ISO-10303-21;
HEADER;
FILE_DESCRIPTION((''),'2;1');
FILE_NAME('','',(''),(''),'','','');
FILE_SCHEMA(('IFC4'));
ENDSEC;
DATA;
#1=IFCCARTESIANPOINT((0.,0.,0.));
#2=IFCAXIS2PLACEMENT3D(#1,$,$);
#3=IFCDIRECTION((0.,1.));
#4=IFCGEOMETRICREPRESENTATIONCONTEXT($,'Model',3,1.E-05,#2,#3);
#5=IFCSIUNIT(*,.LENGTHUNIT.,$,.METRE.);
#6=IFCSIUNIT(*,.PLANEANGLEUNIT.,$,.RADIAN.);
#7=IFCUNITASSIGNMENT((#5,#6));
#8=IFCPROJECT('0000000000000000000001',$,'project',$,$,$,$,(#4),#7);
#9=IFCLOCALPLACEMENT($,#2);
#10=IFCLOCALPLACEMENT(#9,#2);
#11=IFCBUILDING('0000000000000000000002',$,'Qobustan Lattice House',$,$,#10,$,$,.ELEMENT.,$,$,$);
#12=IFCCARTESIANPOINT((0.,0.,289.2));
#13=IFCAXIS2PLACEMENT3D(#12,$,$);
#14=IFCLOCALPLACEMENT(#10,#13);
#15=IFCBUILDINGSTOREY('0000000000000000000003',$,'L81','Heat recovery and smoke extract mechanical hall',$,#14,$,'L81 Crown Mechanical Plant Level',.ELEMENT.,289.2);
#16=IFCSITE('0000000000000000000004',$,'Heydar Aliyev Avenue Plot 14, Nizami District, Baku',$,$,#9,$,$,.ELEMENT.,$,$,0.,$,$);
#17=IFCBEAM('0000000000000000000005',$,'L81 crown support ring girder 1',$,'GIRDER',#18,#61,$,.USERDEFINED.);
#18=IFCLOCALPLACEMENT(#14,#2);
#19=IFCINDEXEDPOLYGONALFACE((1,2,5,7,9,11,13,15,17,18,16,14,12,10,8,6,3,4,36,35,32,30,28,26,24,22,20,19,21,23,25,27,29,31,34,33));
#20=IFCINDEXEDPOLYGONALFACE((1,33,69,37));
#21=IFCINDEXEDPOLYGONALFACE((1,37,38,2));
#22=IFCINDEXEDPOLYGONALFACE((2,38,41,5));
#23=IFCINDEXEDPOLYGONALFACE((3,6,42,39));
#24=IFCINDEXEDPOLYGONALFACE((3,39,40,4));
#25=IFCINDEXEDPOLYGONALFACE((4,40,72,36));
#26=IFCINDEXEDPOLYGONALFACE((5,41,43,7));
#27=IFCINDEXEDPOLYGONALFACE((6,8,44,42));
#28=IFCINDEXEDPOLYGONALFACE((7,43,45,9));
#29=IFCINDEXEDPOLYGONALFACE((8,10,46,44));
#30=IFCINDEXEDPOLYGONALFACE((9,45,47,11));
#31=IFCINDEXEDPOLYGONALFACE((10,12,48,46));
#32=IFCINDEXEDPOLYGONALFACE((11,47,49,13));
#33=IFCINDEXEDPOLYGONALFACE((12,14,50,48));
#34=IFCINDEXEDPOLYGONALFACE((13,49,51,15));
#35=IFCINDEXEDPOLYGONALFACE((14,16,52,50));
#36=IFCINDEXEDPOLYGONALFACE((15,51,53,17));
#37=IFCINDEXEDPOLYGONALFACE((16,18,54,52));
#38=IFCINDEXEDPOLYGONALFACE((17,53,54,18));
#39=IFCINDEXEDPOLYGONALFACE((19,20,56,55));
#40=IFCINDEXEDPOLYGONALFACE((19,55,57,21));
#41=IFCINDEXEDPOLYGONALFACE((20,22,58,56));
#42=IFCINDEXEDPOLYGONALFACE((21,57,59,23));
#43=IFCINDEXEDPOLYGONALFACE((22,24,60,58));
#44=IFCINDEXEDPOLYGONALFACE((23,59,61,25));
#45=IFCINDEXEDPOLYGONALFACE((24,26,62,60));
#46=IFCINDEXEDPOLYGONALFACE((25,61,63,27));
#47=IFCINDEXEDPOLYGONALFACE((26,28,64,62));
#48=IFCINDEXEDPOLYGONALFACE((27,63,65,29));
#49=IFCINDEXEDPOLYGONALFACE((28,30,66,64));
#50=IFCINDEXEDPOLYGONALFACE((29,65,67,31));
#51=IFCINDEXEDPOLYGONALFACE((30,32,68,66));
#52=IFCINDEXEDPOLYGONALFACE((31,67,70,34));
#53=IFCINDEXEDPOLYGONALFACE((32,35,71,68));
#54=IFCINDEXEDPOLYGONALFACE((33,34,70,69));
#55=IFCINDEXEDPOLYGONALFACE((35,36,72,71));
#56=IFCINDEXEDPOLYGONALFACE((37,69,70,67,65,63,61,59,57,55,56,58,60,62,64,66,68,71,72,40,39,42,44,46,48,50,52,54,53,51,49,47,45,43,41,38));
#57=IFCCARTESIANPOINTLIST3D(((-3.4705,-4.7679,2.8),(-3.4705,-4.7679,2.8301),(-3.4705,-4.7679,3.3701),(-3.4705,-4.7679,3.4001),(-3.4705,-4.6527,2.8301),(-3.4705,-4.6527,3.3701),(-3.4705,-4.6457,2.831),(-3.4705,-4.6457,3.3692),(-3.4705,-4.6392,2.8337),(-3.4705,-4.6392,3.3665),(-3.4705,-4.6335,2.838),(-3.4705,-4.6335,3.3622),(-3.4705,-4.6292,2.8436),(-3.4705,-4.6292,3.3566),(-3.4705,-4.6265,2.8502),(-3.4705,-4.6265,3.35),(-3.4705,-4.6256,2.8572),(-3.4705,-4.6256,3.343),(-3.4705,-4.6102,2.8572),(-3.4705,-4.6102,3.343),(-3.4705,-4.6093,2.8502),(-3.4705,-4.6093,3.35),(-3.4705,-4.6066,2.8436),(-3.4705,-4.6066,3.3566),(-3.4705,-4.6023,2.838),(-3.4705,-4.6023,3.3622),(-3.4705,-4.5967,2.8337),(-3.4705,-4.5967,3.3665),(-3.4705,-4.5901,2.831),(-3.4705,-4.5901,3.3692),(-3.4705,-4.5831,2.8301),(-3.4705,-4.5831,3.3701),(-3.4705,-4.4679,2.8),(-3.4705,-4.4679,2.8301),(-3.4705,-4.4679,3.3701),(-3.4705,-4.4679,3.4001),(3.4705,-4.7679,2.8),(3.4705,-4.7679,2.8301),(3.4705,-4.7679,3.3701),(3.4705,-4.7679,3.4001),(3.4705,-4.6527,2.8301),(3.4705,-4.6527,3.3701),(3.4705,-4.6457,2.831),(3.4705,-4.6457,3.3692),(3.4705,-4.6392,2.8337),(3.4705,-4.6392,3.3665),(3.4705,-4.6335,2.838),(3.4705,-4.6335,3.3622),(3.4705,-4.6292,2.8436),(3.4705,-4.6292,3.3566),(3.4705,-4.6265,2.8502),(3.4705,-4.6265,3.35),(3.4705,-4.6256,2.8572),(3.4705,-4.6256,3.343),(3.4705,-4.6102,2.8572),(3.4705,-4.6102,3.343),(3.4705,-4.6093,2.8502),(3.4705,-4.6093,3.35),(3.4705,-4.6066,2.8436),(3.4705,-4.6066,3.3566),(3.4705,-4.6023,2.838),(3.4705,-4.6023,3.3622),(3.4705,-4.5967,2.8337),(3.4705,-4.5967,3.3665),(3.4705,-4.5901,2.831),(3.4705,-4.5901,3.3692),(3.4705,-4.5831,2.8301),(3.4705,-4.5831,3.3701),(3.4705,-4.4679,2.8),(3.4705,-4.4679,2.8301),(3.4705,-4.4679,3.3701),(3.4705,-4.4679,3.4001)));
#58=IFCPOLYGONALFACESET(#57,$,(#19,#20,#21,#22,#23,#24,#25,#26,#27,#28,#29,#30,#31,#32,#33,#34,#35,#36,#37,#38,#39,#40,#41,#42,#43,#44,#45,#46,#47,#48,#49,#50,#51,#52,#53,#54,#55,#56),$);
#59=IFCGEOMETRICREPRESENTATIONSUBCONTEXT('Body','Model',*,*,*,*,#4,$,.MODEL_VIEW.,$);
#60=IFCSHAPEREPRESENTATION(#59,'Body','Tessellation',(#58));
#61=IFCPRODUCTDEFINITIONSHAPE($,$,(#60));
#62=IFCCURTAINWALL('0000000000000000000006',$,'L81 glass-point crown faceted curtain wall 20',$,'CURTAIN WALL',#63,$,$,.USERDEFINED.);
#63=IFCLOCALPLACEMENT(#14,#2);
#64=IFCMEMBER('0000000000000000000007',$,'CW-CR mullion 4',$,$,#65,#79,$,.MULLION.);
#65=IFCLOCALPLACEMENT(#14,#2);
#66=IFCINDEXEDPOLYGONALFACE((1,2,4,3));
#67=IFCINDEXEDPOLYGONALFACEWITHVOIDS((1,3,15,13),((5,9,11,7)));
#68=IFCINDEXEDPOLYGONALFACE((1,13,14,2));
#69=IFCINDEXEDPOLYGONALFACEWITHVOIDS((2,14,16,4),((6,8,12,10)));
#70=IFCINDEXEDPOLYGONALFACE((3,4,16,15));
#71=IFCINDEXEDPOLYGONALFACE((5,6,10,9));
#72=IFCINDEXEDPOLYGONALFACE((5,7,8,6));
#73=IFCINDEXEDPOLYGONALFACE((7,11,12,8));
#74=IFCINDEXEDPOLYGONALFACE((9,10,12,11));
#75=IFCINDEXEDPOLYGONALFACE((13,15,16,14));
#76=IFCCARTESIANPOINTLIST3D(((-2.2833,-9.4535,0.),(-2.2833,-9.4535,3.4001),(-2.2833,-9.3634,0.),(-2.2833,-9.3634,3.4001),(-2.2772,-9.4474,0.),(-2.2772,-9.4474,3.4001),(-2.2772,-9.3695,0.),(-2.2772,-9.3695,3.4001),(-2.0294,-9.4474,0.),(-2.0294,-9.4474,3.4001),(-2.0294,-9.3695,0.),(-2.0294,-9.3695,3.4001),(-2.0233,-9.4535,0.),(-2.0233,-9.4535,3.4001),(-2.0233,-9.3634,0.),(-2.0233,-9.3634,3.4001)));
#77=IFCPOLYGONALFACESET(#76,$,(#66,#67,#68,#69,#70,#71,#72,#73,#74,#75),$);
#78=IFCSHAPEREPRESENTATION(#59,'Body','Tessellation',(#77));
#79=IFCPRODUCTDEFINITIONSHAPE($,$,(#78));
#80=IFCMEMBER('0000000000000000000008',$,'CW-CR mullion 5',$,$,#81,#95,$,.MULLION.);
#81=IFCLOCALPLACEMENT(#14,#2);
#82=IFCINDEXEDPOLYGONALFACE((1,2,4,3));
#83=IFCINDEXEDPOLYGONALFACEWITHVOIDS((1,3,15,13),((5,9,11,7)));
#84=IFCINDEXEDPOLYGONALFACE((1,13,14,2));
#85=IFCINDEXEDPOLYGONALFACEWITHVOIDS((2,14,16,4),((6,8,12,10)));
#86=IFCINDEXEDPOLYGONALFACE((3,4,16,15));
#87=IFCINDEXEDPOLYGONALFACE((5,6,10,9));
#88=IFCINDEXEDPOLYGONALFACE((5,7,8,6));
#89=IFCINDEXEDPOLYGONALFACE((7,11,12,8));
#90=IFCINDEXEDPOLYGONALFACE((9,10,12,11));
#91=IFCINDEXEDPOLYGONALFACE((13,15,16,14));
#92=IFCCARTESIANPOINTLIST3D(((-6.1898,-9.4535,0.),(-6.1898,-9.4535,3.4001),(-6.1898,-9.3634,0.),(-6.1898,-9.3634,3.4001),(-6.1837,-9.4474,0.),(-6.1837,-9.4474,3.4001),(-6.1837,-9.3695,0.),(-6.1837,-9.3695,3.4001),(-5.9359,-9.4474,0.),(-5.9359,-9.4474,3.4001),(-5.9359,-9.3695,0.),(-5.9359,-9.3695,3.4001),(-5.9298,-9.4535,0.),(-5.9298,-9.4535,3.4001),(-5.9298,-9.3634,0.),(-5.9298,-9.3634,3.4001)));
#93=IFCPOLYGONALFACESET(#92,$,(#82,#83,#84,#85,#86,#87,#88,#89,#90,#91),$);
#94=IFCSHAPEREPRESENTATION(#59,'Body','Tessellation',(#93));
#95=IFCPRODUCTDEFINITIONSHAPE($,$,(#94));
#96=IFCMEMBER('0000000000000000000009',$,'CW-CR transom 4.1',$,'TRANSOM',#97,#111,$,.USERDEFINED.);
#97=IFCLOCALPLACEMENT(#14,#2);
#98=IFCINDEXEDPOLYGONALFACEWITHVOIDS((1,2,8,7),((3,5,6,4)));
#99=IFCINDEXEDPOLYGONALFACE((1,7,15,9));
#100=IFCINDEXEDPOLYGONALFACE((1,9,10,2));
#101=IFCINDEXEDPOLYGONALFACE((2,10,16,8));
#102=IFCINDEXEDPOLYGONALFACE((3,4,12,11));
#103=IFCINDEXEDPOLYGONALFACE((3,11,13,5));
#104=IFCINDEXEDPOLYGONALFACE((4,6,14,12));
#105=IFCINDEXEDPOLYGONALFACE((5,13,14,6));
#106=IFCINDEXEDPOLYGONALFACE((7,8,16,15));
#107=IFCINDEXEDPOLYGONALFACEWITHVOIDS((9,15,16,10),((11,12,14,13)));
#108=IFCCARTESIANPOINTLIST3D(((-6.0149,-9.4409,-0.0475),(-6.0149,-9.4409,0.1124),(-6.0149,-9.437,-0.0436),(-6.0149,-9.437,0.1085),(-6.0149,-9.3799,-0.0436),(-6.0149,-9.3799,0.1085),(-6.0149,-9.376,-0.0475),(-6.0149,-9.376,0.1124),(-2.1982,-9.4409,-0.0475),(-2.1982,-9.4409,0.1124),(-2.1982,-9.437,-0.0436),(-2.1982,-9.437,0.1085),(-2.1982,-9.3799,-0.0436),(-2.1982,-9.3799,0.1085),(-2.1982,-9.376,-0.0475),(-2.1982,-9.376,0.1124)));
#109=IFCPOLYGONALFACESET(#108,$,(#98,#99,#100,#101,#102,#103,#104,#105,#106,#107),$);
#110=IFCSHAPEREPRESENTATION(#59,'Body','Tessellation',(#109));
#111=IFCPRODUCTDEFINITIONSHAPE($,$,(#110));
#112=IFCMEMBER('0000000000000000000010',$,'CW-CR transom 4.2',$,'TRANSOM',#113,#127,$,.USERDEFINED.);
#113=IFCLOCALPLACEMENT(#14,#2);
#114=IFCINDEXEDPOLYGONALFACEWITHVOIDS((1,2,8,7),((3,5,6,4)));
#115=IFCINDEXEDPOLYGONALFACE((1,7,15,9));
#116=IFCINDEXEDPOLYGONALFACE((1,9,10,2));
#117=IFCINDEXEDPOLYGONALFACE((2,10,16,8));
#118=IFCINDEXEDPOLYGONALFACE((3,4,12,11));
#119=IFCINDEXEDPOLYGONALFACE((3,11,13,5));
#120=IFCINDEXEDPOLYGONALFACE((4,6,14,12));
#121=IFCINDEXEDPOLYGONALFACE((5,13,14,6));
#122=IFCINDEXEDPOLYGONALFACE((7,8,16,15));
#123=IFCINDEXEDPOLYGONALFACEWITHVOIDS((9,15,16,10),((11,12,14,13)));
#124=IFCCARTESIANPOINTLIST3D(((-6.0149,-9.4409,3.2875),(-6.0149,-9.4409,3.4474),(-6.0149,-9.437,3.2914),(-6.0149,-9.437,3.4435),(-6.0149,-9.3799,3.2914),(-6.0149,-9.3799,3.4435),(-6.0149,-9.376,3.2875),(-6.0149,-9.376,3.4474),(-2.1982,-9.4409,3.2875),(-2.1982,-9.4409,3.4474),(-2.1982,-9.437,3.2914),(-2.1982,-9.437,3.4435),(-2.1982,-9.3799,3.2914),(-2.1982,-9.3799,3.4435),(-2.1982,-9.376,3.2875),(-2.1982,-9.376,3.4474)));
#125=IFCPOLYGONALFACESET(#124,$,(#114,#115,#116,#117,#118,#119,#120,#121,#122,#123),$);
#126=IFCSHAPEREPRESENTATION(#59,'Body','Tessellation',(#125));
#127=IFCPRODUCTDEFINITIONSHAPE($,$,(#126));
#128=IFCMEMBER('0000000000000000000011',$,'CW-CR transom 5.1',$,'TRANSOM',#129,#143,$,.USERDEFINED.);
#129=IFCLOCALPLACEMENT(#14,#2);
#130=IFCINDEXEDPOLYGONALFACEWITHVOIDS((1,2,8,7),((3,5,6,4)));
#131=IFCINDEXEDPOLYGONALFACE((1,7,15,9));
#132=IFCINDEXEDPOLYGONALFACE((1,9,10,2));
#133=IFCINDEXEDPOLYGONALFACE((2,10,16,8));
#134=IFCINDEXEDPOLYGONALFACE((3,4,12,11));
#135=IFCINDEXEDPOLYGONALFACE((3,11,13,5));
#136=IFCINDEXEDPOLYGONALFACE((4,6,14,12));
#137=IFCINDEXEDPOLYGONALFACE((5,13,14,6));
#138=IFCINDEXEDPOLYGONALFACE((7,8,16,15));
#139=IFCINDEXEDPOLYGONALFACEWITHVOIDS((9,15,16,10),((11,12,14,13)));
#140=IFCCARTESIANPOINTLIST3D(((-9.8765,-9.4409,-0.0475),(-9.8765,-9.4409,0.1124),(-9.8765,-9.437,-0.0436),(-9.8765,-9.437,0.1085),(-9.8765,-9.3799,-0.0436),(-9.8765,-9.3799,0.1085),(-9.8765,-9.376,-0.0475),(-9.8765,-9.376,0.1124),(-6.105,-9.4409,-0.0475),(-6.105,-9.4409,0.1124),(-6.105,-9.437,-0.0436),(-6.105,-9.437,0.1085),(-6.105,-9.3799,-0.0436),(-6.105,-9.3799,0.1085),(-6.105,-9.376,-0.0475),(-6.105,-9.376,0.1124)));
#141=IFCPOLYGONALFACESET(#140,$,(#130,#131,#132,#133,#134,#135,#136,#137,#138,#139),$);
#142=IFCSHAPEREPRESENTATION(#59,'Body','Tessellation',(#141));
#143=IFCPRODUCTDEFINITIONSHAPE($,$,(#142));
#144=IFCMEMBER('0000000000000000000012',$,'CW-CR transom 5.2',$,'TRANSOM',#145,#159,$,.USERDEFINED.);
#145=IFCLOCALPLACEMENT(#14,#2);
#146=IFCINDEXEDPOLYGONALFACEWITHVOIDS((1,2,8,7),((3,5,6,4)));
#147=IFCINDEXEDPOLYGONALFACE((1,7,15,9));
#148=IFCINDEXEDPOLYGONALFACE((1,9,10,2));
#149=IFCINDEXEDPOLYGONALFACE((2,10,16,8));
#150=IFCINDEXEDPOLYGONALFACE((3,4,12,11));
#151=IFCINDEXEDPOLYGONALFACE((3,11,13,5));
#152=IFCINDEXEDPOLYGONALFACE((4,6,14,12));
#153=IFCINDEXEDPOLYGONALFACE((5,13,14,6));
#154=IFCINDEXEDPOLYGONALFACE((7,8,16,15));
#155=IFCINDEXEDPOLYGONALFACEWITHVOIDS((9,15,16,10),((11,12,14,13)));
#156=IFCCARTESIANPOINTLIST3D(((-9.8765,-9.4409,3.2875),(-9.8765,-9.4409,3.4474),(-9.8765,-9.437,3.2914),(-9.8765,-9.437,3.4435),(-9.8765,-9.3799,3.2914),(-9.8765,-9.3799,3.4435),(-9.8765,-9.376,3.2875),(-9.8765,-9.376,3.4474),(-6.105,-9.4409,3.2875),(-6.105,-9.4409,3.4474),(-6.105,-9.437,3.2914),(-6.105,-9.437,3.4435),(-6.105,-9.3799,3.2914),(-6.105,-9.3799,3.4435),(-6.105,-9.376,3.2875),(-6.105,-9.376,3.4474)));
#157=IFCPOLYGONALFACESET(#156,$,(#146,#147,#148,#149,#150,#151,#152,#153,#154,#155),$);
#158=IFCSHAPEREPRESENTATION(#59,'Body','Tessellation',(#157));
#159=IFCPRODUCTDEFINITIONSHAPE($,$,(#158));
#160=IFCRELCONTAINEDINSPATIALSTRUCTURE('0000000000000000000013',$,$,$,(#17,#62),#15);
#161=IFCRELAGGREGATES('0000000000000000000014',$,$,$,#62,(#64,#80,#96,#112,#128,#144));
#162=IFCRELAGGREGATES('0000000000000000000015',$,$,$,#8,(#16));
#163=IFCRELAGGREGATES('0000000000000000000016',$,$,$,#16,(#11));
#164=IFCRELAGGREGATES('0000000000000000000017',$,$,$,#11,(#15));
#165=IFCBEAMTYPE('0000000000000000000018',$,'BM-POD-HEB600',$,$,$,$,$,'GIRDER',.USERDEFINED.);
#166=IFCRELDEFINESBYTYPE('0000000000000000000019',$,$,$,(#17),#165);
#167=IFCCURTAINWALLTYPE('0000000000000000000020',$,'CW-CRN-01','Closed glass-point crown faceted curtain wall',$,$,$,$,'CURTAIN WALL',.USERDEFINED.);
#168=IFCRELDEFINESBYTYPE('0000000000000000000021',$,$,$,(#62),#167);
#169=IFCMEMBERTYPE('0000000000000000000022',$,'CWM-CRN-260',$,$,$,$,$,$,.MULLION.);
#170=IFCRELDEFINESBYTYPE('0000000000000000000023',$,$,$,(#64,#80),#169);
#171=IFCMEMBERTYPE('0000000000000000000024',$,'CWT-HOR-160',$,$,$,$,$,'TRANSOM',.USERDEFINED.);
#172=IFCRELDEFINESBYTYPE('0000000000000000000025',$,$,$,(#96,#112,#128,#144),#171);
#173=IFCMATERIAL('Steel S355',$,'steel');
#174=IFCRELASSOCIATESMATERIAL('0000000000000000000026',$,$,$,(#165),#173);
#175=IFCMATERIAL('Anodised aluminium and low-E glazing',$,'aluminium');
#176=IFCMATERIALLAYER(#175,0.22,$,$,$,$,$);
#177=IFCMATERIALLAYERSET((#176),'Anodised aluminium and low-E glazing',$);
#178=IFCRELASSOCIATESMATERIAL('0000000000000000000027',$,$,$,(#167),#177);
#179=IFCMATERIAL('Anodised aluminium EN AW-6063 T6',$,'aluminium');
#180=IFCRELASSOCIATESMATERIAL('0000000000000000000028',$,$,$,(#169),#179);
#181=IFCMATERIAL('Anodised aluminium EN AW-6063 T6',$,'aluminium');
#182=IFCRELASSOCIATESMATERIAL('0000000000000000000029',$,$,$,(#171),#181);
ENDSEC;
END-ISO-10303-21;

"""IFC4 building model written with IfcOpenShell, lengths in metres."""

from ifc_helpers import new_model, si_unit, direction, frame, origin, origin_2d, place, context, subcontext, project, spatial, hollow_rectangle, i_section, extrude, material, layer, layer_set, material_profile, profile_set, type_object, element, aggregate, save


model = new_model("IFC4")

# Units and contexts
model_context = context("Model", 3, precision=1e-05, world=origin(), true_north=direction((0.0, 1.0)))
body_context = subcontext(model_context, "Body", "Model", "MODEL_VIEW")
ifc_project = project(units=[si_unit("LENGTHUNIT", "METRE"), si_unit("PLANEANGLEUNIT", "RADIAN")], contexts=[model_context])

# Site, building, storey
site_placement = place(None, origin())
site = spatial("IfcSite", under=ifc_project, at=site_placement, Name="Heydar Aliyev Avenue Plot 14, Nizami District, Baku", CompositionType="ELEMENT", RefElevation=0.0)
building_placement = place(site_placement, origin())
building = spatial("IfcBuilding", under=site, at=building_placement, Name="Qobustan Lattice House", CompositionType="ELEMENT")
storey_placement = place(building_placement, frame((0.0, 0.0, 289.2)))
storey = spatial("IfcBuildingStorey", under=building, at=storey_placement, Name="L81", Description="Heat recovery and smoke extract mechanical hall", LongName="L81 Crown Mechanical Plant Level", CompositionType="ELEMENT", Elevation=289.2)

# Beam
ifc_material_1 = material(Name="Steel S355", Category="steel")
ifc_material_profile_1 = material_profile(ifc_material_1, i_section(OverallWidth=0.3, OverallDepth=0.6001, WebThickness=0.0154, FlangeThickness=0.03, FilletRadius=0.0271, at=origin_2d()), Name="HEB600")
ifc_profile_set_1 = profile_set([ifc_material_profile_1], Name="Steel S355")
beam_type = type_object("IfcBeamType", Name="BM-POD-HEB600", ElementType="GIRDER", PredefinedType="USERDEFINED", material=ifc_profile_set_1)
beam_placement = place(storey_placement, frame((-3.4705, -4.6179, 3.1001), z_axis=(1.0, 0.0, 0.0), x_axis=(0.0, 1.0, 0.0)))
element("IfcBeam", 1, at=beam_placement, inside=storey, type_object=beam_type, Name="L81 crown support ring girder 1", ObjectType="GIRDER", PredefinedType="USERDEFINED", context=body_context, shape_type="SweptSolid", body=[
    extrude(i_section(OverallWidth=0.3, OverallDepth=0.6001, WebThickness=0.0154, FlangeThickness=0.03, FilletRadius=0.0271, at=origin_2d()), origin(), (0.0, 0.0, 1.0), 6.9409),
])

# Curtain wall, members
ifc_material_2 = material(Name="Anodised aluminium and low-E glazing", Category="aluminium")
ifc_layer_1 = layer(ifc_material_2, 0.22)
ifc_layer_set_1 = layer_set([ifc_layer_1], Name="Anodised aluminium and low-E glazing")
curtain_wall_type = type_object("IfcCurtainWallType", Name="CW-CRN-01", Description="Closed glass-point crown faceted curtain wall", ElementType="CURTAIN WALL", PredefinedType="USERDEFINED", material=ifc_layer_set_1)
curtain_wall_placement = place(storey_placement, origin())
curtain_wall = element("IfcCurtainWall", 2, at=curtain_wall_placement, inside=storey, type_object=curtain_wall_type, Name="L81 glass-point crown faceted curtain wall 20", ObjectType="CURTAIN WALL", PredefinedType="USERDEFINED")
ifc_material_3 = material(Name="Anodised aluminium EN AW-6063 T6", Category="aluminium")
ifc_material_profile_2 = material_profile(ifc_material_3, hollow_rectangle(XDim=0.0901, YDim=0.26, WallThickness=0.0061, at=origin_2d()), Name="CWM-CROWN-260x90")
ifc_profile_set_2 = profile_set([ifc_material_profile_2], Name="Anodised aluminium EN AW-6063 T6")
member_type_1 = type_object("IfcMemberType", Name="CWM-CRN-260", PredefinedType="MULLION", material=ifc_profile_set_2)
member_1_placement = place(storey_placement, frame((-2.1533, -9.4084, 0.0), z_axis=(0.0, 0.0, 1.0), x_axis=(0.0, -1.0, 0.0)))
member_1 = element("IfcMember", 3, at=member_1_placement, type_object=member_type_1, Name="CW-CR mullion 4", PredefinedType="MULLION", context=body_context, shape_type="SweptSolid", body=[
    extrude(hollow_rectangle(XDim=0.0901, YDim=0.26, WallThickness=0.0061, at=origin_2d()), origin(), (0.0, 0.0, 1.0), 3.4001),
])
member_2_placement = place(storey_placement, frame((-6.0598, -9.4084, 0.0), z_axis=(0.0, 0.0, 1.0), x_axis=(0.0, -1.0, 0.0)))
member_2 = element("IfcMember", 4, at=member_2_placement, type_object=member_type_1, Name="CW-CR mullion 5", PredefinedType="MULLION", context=body_context, shape_type="SweptSolid", body=[
    extrude(hollow_rectangle(XDim=0.0901, YDim=0.26, WallThickness=0.0061, at=origin_2d()), origin(), (0.0, 0.0, 1.0), 3.4001),
])
ifc_material_4 = material(Name="Anodised aluminium EN AW-6063 T6", Category="aluminium")
ifc_material_profile_3 = material_profile(ifc_material_4, hollow_rectangle(XDim=0.0649, YDim=0.1599, WallThickness=0.0039, at=origin_2d()), Name="CWT-160x65")
ifc_profile_set_3 = profile_set([ifc_material_profile_3], Name="Anodised aluminium EN AW-6063 T6")
member_type_2 = type_object("IfcMemberType", Name="CWT-HOR-160", ElementType="TRANSOM", PredefinedType="USERDEFINED", material=ifc_profile_set_3)
member_3_placement = place(storey_placement, frame((-2.1982, -9.4084, 0.0325), z_axis=(-1.0, 0.0, 0.0), x_axis=(0.0, -1.0, 0.0)))
member_3 = element("IfcMember", 5, at=member_3_placement, type_object=member_type_2, Name="CW-CR transom 4.1", ObjectType="TRANSOM", PredefinedType="USERDEFINED", context=body_context, shape_type="SweptSolid", body=[
    extrude(hollow_rectangle(XDim=0.0649, YDim=0.1599, WallThickness=0.0039, at=origin_2d()), origin(), (0.0, 0.0, 1.0), 3.8167),
])
member_4_placement = place(storey_placement, frame((-2.1982, -9.4084, 3.3674), z_axis=(-1.0, 0.0, 0.0), x_axis=(0.0, -1.0, 0.0)))
member_4 = element("IfcMember", 6, at=member_4_placement, type_object=member_type_2, Name="CW-CR transom 4.2", ObjectType="TRANSOM", PredefinedType="USERDEFINED", context=body_context, shape_type="SweptSolid", body=[
    extrude(hollow_rectangle(XDim=0.0649, YDim=0.1599, WallThickness=0.0039, at=origin_2d()), origin(), (0.0, 0.0, 1.0), 3.8167),
])
member_5_placement = place(storey_placement, frame((-6.105, -9.4084, 0.0325), z_axis=(-1.0, 0.0, 0.0), x_axis=(0.0, -1.0, 0.0)))
member_5 = element("IfcMember", 7, at=member_5_placement, type_object=member_type_2, Name="CW-CR transom 5.1", ObjectType="TRANSOM", PredefinedType="USERDEFINED", context=body_context, shape_type="SweptSolid", body=[
    extrude(hollow_rectangle(XDim=0.0649, YDim=0.1599, WallThickness=0.0039, at=origin_2d()), origin(), (0.0, 0.0, 1.0), 3.7715),
])
member_6_placement = place(storey_placement, frame((-6.105, -9.4084, 3.3674), z_axis=(-1.0, 0.0, 0.0), x_axis=(0.0, -1.0, 0.0)))
member_6 = element("IfcMember", 8, at=member_6_placement, type_object=member_type_2, Name="CW-CR transom 5.2", ObjectType="TRANSOM", PredefinedType="USERDEFINED", context=body_context, shape_type="SweptSolid", body=[
    extrude(hollow_rectangle(XDim=0.0649, YDim=0.1599, WallThickness=0.0039, at=origin_2d()), origin(), (0.0, 0.0, 1.0), 3.7715),
])

aggregate(curtain_wall, [member_1, member_2, member_3, member_4, member_5, member_6])

save(model, "model.ifc")
